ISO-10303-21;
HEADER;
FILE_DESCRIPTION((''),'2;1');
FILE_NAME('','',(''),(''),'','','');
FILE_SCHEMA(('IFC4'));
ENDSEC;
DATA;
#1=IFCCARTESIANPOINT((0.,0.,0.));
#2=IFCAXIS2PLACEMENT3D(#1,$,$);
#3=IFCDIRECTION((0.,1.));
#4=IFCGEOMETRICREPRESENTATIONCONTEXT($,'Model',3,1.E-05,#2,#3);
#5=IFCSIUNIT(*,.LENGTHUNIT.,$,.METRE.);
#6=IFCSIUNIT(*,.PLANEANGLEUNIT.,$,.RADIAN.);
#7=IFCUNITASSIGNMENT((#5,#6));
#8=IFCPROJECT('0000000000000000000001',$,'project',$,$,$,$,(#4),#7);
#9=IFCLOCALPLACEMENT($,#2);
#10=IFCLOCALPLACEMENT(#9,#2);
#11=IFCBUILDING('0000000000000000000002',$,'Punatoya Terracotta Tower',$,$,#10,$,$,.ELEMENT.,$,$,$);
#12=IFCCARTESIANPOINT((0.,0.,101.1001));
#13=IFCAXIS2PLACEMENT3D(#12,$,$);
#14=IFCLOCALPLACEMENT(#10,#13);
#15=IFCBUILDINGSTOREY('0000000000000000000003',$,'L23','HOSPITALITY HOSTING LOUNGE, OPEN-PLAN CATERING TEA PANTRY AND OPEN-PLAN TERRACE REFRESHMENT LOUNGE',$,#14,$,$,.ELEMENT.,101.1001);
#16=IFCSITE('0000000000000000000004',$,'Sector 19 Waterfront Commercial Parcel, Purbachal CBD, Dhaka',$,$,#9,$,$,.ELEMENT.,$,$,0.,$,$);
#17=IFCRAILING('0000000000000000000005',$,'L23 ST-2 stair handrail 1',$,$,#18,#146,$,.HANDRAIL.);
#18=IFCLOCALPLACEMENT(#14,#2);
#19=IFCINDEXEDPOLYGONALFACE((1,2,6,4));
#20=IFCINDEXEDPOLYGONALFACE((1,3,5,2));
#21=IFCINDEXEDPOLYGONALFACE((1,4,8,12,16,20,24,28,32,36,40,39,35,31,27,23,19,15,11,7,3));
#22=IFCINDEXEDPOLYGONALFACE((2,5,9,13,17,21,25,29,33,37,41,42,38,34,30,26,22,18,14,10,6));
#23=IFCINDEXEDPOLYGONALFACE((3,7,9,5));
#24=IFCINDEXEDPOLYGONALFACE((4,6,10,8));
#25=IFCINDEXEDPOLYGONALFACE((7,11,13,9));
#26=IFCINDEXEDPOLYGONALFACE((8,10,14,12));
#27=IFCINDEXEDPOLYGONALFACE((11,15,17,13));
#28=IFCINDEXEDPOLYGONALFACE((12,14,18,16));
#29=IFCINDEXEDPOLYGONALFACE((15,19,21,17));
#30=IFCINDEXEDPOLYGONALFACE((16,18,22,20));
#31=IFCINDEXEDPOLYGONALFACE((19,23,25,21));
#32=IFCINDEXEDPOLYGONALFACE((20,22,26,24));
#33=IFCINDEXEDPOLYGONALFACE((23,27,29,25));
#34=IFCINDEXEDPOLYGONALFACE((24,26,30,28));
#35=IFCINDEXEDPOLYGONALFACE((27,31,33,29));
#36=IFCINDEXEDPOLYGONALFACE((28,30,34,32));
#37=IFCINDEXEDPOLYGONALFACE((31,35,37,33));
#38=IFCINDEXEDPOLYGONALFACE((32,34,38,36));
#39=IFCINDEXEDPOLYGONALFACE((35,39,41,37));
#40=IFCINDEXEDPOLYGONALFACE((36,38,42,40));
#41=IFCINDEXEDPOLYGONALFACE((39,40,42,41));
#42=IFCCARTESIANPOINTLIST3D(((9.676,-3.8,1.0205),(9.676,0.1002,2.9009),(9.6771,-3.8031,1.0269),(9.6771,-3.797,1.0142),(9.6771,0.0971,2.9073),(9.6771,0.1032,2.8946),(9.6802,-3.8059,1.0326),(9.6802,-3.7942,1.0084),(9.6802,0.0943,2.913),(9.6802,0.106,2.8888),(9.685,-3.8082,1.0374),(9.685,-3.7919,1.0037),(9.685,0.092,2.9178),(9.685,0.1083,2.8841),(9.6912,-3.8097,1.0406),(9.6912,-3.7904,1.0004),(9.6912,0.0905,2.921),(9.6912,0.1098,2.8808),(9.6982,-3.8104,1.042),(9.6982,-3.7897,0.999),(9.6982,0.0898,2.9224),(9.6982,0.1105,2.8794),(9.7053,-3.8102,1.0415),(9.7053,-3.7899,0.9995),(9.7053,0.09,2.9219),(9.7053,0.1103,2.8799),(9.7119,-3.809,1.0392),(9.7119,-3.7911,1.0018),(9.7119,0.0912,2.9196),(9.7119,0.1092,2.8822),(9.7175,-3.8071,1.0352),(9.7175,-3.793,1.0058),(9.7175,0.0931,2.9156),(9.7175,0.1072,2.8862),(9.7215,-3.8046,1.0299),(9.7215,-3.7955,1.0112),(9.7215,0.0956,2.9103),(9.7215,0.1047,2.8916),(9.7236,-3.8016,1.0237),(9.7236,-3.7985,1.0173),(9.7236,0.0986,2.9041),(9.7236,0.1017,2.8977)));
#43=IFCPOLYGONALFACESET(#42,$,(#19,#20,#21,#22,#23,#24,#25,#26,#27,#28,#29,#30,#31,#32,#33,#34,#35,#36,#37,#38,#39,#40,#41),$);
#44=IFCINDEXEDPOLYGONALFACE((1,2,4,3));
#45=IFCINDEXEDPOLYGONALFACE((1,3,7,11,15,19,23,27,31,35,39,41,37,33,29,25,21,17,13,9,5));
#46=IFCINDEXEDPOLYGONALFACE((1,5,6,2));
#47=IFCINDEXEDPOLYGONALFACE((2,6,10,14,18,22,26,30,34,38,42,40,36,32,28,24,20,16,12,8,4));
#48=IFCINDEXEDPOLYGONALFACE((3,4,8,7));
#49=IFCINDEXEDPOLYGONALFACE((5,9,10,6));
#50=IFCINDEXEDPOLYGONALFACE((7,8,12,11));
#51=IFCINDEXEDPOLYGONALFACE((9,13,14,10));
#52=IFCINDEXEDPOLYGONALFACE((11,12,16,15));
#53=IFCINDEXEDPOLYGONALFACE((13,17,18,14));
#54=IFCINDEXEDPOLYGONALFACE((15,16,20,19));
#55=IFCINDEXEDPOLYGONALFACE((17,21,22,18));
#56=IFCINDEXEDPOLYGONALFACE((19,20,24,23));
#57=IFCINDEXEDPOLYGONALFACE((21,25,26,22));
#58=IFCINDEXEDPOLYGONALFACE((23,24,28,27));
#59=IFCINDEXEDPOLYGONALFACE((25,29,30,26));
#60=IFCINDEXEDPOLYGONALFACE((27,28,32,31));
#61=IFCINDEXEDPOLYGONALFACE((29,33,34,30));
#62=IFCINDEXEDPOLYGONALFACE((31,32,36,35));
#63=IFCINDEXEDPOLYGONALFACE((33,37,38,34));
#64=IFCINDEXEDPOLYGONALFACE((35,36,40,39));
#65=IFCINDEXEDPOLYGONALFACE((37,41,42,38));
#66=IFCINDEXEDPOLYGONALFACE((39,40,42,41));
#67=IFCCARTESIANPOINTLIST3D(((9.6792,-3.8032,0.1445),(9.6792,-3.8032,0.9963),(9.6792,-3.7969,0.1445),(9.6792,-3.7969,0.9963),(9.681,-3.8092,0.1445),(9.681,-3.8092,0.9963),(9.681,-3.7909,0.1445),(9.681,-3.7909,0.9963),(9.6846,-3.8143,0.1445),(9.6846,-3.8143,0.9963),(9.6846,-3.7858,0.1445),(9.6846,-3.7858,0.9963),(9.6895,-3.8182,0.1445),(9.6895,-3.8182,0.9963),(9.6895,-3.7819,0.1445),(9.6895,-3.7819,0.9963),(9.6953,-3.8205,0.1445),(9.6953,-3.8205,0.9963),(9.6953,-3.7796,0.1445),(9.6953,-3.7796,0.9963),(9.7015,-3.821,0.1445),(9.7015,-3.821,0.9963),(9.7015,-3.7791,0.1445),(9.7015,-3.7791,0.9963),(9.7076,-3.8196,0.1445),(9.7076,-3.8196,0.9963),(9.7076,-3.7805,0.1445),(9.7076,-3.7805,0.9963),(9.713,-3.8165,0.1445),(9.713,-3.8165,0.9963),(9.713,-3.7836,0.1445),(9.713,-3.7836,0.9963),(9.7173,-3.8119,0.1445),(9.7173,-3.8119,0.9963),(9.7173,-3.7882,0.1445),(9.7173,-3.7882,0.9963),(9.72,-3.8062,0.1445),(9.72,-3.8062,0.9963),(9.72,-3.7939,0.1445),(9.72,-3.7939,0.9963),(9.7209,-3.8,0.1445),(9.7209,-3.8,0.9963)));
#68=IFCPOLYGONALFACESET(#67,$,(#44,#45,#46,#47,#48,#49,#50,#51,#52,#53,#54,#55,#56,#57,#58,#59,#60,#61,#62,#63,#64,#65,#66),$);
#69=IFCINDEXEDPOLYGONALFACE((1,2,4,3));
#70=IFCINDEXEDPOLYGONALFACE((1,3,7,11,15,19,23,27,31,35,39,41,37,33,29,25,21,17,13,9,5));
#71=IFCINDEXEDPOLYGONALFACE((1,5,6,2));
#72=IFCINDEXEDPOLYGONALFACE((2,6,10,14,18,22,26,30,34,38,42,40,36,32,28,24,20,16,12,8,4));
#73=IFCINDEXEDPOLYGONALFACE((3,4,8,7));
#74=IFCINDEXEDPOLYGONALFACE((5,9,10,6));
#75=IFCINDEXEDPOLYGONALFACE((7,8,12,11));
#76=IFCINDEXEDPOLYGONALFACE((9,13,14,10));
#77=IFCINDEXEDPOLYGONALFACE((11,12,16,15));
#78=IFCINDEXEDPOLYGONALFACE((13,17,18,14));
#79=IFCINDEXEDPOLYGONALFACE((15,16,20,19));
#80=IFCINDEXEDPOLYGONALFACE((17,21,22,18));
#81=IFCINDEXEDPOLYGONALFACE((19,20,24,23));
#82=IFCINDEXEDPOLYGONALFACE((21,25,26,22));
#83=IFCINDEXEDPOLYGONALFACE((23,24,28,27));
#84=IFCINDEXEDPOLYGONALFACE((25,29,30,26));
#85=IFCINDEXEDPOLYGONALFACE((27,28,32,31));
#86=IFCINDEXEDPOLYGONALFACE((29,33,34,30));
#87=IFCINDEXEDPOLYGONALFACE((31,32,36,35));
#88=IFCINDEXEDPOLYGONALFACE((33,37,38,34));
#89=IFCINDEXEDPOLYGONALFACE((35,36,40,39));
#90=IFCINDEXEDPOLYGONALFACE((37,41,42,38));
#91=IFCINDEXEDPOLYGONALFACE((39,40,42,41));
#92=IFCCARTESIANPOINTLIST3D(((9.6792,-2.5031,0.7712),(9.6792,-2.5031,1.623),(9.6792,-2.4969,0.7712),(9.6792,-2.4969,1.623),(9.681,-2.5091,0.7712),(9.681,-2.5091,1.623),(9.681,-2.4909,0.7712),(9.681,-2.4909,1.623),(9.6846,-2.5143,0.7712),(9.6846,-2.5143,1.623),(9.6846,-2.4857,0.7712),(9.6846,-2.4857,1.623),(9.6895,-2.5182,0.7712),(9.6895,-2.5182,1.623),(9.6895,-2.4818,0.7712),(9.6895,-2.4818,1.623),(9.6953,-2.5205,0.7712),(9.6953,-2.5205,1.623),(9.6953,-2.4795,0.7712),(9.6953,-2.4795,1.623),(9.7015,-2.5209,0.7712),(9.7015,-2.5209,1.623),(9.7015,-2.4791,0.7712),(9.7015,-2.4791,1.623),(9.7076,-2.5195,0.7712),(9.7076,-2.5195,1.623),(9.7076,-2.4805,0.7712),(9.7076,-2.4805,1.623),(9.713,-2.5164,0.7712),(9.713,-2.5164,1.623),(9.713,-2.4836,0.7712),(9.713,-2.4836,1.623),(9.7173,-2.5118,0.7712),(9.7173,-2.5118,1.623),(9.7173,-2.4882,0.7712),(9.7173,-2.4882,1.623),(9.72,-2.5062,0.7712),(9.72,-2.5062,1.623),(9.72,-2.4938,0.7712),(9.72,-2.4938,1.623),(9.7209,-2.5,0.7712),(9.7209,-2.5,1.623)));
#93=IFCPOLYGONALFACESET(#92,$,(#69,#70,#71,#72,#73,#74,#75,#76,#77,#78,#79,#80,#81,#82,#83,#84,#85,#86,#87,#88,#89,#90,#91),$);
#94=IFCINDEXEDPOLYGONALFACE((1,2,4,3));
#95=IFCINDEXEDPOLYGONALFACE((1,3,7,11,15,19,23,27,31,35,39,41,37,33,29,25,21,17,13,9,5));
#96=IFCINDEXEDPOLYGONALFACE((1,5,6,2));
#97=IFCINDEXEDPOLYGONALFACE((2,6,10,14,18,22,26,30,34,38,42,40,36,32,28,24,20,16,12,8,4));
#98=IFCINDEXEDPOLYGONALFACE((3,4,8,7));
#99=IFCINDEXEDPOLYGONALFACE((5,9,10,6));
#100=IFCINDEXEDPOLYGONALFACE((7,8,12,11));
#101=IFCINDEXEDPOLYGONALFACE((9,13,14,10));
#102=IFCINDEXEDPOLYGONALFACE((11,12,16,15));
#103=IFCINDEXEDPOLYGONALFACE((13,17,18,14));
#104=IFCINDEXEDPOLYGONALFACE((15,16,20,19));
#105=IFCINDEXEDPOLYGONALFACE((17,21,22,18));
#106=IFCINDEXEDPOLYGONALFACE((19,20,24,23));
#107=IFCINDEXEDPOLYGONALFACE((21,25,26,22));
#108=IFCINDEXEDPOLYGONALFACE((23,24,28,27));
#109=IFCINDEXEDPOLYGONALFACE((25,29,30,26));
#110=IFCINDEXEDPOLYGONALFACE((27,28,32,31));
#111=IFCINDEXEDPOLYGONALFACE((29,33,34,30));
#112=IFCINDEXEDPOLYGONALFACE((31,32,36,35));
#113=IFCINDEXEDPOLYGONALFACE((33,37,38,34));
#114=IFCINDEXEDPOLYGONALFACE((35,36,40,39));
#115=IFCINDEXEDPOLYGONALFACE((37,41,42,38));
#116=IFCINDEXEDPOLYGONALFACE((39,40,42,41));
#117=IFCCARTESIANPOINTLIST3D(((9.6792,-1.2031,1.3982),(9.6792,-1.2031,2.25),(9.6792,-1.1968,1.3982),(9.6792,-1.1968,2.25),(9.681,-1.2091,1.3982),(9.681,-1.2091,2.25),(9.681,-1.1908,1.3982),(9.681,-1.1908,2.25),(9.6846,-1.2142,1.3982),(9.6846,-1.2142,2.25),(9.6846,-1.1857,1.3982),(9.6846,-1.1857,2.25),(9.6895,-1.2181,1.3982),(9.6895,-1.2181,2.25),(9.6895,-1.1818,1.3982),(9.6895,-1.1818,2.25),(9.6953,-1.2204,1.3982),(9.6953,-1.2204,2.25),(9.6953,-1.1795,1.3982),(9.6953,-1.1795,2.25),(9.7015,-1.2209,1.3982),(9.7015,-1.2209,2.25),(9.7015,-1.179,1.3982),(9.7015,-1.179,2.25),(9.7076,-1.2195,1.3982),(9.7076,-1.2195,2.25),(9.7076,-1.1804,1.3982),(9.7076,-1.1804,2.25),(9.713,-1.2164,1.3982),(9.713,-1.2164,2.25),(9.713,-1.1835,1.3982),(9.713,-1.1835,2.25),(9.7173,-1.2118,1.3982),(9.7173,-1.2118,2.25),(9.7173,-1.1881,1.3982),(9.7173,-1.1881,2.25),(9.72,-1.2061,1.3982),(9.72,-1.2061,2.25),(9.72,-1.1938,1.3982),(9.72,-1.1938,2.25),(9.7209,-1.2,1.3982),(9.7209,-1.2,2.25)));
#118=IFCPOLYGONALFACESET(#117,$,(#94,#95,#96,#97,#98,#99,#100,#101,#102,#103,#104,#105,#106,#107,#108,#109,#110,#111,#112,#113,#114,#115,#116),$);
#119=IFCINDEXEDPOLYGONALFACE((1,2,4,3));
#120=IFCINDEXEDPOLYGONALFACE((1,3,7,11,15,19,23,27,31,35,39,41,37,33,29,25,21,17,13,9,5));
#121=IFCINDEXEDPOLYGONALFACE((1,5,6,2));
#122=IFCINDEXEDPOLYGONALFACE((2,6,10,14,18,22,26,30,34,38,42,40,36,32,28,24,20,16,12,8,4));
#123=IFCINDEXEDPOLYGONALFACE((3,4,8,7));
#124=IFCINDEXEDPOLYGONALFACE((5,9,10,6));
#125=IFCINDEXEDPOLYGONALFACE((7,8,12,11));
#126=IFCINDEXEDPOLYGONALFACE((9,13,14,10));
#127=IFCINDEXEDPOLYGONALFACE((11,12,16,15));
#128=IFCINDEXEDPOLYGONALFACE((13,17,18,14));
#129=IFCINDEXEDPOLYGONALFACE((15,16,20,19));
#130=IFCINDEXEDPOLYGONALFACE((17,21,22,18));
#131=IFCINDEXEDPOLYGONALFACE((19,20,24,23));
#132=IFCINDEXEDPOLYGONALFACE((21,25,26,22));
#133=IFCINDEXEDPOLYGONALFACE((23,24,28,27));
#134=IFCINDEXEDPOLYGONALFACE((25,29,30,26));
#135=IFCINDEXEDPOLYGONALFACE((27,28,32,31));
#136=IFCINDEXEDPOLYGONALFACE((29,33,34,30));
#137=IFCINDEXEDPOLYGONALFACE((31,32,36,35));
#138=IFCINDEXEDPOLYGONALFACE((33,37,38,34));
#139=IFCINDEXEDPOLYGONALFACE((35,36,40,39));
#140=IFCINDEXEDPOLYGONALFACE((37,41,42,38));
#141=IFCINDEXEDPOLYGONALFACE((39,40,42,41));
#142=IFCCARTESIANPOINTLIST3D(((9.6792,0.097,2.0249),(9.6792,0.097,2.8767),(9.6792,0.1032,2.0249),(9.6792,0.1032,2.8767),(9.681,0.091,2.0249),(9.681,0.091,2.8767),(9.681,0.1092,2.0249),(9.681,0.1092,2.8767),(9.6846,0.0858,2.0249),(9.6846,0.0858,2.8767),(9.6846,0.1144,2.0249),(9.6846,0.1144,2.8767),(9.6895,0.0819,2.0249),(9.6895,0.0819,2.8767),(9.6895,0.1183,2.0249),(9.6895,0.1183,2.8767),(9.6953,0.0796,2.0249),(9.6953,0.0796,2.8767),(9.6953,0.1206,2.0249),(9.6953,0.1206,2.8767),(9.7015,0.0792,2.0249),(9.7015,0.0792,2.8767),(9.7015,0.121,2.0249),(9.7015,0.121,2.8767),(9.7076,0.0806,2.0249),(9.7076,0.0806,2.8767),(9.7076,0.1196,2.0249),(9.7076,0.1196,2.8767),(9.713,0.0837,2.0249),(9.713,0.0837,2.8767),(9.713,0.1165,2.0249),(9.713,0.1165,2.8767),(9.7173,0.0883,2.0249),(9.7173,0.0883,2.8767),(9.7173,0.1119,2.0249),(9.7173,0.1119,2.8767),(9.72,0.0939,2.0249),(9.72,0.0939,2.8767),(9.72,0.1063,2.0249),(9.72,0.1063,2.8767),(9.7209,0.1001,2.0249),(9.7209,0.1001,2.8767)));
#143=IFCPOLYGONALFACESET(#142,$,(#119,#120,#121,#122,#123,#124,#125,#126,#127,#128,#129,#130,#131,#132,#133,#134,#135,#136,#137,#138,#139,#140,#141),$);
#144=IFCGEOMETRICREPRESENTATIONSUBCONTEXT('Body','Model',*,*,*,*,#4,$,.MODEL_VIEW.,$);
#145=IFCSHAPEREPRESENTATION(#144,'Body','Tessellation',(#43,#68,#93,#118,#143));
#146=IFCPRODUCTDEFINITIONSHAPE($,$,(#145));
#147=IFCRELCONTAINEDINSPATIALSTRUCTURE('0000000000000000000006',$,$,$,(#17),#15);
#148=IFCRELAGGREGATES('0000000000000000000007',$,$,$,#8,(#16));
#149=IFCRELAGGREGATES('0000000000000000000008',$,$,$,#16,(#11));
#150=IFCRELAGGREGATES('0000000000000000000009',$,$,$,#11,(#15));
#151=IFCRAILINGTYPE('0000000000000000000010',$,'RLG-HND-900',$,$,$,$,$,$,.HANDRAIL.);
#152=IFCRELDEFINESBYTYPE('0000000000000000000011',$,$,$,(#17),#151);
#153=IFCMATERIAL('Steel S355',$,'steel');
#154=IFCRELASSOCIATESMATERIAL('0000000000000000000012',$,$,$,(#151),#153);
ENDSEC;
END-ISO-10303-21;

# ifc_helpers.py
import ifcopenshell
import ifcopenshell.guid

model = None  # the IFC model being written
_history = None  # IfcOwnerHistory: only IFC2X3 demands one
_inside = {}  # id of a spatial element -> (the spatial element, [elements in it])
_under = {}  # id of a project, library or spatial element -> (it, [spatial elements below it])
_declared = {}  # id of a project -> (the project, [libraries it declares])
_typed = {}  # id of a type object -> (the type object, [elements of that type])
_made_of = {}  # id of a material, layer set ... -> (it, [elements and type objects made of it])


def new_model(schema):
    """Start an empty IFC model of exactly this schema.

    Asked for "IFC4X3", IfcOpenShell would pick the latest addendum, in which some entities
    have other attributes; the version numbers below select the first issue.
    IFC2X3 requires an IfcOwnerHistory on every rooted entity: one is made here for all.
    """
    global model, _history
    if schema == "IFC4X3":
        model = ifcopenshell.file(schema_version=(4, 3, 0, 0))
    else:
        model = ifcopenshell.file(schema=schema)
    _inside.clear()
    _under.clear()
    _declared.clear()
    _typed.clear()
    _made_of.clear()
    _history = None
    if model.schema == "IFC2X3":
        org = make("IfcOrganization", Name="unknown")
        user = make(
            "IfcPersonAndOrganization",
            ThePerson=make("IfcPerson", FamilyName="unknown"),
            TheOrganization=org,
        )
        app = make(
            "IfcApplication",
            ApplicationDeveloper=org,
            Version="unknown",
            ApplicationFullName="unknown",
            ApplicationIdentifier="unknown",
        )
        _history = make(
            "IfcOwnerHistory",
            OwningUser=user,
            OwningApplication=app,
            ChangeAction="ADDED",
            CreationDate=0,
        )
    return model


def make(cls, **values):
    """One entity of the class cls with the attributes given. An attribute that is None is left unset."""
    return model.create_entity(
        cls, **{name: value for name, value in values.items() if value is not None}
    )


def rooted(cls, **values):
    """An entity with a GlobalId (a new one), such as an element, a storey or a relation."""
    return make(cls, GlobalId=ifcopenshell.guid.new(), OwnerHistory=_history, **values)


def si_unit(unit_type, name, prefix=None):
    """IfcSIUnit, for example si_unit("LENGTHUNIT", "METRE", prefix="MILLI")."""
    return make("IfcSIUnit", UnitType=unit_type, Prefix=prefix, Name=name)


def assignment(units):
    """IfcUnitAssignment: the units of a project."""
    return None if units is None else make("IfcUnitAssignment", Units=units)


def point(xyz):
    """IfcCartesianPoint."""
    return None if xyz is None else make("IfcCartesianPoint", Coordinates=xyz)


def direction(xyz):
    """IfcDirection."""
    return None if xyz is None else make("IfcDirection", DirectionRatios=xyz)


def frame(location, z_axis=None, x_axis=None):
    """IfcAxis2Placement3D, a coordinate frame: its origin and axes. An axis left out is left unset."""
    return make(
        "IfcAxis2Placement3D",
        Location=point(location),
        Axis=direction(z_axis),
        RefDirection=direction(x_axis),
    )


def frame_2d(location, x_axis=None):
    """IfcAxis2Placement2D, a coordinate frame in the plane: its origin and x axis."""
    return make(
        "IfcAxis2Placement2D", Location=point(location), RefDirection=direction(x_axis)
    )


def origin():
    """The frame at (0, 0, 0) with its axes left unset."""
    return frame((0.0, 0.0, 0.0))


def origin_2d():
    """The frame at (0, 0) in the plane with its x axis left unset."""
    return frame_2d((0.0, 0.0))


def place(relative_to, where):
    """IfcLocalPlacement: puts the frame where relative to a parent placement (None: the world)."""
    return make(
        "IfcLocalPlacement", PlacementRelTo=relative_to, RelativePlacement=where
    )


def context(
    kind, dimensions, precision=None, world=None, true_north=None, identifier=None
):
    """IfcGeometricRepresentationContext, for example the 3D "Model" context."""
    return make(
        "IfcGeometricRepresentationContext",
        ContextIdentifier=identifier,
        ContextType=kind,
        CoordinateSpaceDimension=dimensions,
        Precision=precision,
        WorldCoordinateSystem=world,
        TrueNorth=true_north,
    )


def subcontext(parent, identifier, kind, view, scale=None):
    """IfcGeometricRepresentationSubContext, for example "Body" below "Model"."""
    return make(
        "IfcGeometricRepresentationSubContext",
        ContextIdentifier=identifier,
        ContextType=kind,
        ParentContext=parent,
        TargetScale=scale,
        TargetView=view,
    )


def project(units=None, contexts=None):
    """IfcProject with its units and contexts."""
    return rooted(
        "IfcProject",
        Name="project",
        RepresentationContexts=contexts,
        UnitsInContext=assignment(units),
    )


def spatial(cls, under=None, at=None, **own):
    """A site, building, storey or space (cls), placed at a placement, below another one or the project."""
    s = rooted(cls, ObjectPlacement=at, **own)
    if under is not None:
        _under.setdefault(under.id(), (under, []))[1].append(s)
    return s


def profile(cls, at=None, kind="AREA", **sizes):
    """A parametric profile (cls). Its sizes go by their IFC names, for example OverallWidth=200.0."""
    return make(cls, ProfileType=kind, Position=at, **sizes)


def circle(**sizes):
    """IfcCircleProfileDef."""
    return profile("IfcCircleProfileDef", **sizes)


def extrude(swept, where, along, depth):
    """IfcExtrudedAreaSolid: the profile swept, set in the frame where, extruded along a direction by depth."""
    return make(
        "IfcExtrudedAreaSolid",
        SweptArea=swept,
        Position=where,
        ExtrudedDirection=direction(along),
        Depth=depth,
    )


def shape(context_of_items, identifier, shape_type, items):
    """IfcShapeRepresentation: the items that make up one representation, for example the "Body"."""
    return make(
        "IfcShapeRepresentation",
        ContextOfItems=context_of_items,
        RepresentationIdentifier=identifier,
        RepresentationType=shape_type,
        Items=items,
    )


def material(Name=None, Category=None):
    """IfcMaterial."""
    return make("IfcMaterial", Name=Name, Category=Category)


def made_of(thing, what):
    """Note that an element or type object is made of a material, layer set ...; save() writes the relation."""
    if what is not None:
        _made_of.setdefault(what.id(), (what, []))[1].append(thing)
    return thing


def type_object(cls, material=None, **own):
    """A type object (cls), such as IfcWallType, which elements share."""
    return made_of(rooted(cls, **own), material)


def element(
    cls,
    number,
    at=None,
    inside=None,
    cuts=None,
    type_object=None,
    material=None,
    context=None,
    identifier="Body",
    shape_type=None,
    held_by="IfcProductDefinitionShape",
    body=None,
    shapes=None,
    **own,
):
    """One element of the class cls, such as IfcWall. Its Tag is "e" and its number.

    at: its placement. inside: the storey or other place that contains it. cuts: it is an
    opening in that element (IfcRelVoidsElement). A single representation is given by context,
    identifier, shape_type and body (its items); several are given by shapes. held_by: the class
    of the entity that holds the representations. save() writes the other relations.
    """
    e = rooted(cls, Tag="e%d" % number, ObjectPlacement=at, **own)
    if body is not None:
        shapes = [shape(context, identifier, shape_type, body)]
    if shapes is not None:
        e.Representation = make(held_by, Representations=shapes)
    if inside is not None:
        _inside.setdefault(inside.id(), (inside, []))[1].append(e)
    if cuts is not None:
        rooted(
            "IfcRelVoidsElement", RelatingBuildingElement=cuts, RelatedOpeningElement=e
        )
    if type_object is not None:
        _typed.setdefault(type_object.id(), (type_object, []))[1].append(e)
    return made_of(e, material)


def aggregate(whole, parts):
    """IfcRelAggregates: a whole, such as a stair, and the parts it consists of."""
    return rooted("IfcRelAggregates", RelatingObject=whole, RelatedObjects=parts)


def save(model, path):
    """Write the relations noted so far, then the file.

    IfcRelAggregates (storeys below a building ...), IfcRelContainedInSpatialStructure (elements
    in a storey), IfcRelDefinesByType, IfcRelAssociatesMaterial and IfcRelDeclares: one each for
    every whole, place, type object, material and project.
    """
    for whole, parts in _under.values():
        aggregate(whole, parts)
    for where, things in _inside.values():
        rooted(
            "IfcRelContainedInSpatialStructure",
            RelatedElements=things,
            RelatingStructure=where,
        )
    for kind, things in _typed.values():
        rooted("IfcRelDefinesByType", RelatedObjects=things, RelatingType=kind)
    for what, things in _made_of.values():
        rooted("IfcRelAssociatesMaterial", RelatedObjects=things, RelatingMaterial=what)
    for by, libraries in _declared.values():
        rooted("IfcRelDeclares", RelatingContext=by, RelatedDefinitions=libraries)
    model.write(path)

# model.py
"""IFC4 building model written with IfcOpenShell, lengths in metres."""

from ifc_helpers import new_model, si_unit, direction, frame, origin, origin_2d, place, context, subcontext, project, spatial, circle, extrude, material, type_object, element, save


model = new_model("IFC4")

# Units and contexts
model_context = context("Model", 3, precision=1e-05, world=origin(), true_north=direction((0.0, 1.0)))
body_context = subcontext(model_context, "Body", "Model", "MODEL_VIEW")
ifc_project = project(units=[si_unit("LENGTHUNIT", "METRE"), si_unit("PLANEANGLEUNIT", "RADIAN")], contexts=[model_context])

# Site, building, storey
site_placement = place(None, origin())
site = spatial("IfcSite", under=ifc_project, at=site_placement, Name="Sector 19 Waterfront Commercial Parcel, Purbachal CBD, Dhaka", CompositionType="ELEMENT", RefElevation=0.0)
building_placement = place(site_placement, origin())
building = spatial("IfcBuilding", under=site, at=building_placement, Name="Punatoya Terracotta Tower", CompositionType="ELEMENT")
storey_placement = place(building_placement, frame((0.0, 0.0, 101.1001)))
storey = spatial("IfcBuildingStorey", under=building, at=storey_placement, Name="L23", Description="HOSPITALITY HOSTING LOUNGE, OPEN-PLAN CATERING TEA PANTRY AND OPEN-PLAN TERRACE REFRESHMENT LOUNGE", CompositionType="ELEMENT", Elevation=101.1001)

# Shared definitions
ifc_material_1 = material(Name="Steel S355", Category="steel")

# Railing
railing_type_1 = type_object("IfcRailingType", Name="RLG-HND-900", PredefinedType="HANDRAIL", material=ifc_material_1)
railing_1_placement = place(storey_placement, frame((9.7, -3.8, 0.1445)))
element("IfcRailing", 1, at=railing_1_placement, inside=storey, type_object=railing_type_1, Name="L23 ST-2 stair handrail 1", PredefinedType="HANDRAIL", context=body_context, shape_type="SweptSolid", body=[
    extrude(circle(Radius=0.0239, at=origin_2d()), frame((0.0, 0.0, 0.876), z_axis=(0.0, 0.900774, 0.434289), x_axis=(-1.0, 0.0, 0.0)), (0.0, 0.0, 1.0), 4.3298),
    extrude(circle(Radius=0.021, at=origin_2d()), origin(), (0.0, 0.0, 1.0), 0.8518),
    extrude(circle(Radius=0.021, at=origin_2d()), frame((0.0, 1.3, 0.6267)), (0.0, 0.0, 1.0), 0.8518),
    extrude(circle(Radius=0.021, at=origin_2d()), frame((0.0, 2.6001, 1.2537)), (0.0, 0.0, 1.0), 0.8518),
    extrude(circle(Radius=0.021, at=origin_2d()), frame((0.0, 3.9001, 1.8804)), (0.0, 0.0, 1.0), 0.8518),
])

save(model, "model.ifc")
